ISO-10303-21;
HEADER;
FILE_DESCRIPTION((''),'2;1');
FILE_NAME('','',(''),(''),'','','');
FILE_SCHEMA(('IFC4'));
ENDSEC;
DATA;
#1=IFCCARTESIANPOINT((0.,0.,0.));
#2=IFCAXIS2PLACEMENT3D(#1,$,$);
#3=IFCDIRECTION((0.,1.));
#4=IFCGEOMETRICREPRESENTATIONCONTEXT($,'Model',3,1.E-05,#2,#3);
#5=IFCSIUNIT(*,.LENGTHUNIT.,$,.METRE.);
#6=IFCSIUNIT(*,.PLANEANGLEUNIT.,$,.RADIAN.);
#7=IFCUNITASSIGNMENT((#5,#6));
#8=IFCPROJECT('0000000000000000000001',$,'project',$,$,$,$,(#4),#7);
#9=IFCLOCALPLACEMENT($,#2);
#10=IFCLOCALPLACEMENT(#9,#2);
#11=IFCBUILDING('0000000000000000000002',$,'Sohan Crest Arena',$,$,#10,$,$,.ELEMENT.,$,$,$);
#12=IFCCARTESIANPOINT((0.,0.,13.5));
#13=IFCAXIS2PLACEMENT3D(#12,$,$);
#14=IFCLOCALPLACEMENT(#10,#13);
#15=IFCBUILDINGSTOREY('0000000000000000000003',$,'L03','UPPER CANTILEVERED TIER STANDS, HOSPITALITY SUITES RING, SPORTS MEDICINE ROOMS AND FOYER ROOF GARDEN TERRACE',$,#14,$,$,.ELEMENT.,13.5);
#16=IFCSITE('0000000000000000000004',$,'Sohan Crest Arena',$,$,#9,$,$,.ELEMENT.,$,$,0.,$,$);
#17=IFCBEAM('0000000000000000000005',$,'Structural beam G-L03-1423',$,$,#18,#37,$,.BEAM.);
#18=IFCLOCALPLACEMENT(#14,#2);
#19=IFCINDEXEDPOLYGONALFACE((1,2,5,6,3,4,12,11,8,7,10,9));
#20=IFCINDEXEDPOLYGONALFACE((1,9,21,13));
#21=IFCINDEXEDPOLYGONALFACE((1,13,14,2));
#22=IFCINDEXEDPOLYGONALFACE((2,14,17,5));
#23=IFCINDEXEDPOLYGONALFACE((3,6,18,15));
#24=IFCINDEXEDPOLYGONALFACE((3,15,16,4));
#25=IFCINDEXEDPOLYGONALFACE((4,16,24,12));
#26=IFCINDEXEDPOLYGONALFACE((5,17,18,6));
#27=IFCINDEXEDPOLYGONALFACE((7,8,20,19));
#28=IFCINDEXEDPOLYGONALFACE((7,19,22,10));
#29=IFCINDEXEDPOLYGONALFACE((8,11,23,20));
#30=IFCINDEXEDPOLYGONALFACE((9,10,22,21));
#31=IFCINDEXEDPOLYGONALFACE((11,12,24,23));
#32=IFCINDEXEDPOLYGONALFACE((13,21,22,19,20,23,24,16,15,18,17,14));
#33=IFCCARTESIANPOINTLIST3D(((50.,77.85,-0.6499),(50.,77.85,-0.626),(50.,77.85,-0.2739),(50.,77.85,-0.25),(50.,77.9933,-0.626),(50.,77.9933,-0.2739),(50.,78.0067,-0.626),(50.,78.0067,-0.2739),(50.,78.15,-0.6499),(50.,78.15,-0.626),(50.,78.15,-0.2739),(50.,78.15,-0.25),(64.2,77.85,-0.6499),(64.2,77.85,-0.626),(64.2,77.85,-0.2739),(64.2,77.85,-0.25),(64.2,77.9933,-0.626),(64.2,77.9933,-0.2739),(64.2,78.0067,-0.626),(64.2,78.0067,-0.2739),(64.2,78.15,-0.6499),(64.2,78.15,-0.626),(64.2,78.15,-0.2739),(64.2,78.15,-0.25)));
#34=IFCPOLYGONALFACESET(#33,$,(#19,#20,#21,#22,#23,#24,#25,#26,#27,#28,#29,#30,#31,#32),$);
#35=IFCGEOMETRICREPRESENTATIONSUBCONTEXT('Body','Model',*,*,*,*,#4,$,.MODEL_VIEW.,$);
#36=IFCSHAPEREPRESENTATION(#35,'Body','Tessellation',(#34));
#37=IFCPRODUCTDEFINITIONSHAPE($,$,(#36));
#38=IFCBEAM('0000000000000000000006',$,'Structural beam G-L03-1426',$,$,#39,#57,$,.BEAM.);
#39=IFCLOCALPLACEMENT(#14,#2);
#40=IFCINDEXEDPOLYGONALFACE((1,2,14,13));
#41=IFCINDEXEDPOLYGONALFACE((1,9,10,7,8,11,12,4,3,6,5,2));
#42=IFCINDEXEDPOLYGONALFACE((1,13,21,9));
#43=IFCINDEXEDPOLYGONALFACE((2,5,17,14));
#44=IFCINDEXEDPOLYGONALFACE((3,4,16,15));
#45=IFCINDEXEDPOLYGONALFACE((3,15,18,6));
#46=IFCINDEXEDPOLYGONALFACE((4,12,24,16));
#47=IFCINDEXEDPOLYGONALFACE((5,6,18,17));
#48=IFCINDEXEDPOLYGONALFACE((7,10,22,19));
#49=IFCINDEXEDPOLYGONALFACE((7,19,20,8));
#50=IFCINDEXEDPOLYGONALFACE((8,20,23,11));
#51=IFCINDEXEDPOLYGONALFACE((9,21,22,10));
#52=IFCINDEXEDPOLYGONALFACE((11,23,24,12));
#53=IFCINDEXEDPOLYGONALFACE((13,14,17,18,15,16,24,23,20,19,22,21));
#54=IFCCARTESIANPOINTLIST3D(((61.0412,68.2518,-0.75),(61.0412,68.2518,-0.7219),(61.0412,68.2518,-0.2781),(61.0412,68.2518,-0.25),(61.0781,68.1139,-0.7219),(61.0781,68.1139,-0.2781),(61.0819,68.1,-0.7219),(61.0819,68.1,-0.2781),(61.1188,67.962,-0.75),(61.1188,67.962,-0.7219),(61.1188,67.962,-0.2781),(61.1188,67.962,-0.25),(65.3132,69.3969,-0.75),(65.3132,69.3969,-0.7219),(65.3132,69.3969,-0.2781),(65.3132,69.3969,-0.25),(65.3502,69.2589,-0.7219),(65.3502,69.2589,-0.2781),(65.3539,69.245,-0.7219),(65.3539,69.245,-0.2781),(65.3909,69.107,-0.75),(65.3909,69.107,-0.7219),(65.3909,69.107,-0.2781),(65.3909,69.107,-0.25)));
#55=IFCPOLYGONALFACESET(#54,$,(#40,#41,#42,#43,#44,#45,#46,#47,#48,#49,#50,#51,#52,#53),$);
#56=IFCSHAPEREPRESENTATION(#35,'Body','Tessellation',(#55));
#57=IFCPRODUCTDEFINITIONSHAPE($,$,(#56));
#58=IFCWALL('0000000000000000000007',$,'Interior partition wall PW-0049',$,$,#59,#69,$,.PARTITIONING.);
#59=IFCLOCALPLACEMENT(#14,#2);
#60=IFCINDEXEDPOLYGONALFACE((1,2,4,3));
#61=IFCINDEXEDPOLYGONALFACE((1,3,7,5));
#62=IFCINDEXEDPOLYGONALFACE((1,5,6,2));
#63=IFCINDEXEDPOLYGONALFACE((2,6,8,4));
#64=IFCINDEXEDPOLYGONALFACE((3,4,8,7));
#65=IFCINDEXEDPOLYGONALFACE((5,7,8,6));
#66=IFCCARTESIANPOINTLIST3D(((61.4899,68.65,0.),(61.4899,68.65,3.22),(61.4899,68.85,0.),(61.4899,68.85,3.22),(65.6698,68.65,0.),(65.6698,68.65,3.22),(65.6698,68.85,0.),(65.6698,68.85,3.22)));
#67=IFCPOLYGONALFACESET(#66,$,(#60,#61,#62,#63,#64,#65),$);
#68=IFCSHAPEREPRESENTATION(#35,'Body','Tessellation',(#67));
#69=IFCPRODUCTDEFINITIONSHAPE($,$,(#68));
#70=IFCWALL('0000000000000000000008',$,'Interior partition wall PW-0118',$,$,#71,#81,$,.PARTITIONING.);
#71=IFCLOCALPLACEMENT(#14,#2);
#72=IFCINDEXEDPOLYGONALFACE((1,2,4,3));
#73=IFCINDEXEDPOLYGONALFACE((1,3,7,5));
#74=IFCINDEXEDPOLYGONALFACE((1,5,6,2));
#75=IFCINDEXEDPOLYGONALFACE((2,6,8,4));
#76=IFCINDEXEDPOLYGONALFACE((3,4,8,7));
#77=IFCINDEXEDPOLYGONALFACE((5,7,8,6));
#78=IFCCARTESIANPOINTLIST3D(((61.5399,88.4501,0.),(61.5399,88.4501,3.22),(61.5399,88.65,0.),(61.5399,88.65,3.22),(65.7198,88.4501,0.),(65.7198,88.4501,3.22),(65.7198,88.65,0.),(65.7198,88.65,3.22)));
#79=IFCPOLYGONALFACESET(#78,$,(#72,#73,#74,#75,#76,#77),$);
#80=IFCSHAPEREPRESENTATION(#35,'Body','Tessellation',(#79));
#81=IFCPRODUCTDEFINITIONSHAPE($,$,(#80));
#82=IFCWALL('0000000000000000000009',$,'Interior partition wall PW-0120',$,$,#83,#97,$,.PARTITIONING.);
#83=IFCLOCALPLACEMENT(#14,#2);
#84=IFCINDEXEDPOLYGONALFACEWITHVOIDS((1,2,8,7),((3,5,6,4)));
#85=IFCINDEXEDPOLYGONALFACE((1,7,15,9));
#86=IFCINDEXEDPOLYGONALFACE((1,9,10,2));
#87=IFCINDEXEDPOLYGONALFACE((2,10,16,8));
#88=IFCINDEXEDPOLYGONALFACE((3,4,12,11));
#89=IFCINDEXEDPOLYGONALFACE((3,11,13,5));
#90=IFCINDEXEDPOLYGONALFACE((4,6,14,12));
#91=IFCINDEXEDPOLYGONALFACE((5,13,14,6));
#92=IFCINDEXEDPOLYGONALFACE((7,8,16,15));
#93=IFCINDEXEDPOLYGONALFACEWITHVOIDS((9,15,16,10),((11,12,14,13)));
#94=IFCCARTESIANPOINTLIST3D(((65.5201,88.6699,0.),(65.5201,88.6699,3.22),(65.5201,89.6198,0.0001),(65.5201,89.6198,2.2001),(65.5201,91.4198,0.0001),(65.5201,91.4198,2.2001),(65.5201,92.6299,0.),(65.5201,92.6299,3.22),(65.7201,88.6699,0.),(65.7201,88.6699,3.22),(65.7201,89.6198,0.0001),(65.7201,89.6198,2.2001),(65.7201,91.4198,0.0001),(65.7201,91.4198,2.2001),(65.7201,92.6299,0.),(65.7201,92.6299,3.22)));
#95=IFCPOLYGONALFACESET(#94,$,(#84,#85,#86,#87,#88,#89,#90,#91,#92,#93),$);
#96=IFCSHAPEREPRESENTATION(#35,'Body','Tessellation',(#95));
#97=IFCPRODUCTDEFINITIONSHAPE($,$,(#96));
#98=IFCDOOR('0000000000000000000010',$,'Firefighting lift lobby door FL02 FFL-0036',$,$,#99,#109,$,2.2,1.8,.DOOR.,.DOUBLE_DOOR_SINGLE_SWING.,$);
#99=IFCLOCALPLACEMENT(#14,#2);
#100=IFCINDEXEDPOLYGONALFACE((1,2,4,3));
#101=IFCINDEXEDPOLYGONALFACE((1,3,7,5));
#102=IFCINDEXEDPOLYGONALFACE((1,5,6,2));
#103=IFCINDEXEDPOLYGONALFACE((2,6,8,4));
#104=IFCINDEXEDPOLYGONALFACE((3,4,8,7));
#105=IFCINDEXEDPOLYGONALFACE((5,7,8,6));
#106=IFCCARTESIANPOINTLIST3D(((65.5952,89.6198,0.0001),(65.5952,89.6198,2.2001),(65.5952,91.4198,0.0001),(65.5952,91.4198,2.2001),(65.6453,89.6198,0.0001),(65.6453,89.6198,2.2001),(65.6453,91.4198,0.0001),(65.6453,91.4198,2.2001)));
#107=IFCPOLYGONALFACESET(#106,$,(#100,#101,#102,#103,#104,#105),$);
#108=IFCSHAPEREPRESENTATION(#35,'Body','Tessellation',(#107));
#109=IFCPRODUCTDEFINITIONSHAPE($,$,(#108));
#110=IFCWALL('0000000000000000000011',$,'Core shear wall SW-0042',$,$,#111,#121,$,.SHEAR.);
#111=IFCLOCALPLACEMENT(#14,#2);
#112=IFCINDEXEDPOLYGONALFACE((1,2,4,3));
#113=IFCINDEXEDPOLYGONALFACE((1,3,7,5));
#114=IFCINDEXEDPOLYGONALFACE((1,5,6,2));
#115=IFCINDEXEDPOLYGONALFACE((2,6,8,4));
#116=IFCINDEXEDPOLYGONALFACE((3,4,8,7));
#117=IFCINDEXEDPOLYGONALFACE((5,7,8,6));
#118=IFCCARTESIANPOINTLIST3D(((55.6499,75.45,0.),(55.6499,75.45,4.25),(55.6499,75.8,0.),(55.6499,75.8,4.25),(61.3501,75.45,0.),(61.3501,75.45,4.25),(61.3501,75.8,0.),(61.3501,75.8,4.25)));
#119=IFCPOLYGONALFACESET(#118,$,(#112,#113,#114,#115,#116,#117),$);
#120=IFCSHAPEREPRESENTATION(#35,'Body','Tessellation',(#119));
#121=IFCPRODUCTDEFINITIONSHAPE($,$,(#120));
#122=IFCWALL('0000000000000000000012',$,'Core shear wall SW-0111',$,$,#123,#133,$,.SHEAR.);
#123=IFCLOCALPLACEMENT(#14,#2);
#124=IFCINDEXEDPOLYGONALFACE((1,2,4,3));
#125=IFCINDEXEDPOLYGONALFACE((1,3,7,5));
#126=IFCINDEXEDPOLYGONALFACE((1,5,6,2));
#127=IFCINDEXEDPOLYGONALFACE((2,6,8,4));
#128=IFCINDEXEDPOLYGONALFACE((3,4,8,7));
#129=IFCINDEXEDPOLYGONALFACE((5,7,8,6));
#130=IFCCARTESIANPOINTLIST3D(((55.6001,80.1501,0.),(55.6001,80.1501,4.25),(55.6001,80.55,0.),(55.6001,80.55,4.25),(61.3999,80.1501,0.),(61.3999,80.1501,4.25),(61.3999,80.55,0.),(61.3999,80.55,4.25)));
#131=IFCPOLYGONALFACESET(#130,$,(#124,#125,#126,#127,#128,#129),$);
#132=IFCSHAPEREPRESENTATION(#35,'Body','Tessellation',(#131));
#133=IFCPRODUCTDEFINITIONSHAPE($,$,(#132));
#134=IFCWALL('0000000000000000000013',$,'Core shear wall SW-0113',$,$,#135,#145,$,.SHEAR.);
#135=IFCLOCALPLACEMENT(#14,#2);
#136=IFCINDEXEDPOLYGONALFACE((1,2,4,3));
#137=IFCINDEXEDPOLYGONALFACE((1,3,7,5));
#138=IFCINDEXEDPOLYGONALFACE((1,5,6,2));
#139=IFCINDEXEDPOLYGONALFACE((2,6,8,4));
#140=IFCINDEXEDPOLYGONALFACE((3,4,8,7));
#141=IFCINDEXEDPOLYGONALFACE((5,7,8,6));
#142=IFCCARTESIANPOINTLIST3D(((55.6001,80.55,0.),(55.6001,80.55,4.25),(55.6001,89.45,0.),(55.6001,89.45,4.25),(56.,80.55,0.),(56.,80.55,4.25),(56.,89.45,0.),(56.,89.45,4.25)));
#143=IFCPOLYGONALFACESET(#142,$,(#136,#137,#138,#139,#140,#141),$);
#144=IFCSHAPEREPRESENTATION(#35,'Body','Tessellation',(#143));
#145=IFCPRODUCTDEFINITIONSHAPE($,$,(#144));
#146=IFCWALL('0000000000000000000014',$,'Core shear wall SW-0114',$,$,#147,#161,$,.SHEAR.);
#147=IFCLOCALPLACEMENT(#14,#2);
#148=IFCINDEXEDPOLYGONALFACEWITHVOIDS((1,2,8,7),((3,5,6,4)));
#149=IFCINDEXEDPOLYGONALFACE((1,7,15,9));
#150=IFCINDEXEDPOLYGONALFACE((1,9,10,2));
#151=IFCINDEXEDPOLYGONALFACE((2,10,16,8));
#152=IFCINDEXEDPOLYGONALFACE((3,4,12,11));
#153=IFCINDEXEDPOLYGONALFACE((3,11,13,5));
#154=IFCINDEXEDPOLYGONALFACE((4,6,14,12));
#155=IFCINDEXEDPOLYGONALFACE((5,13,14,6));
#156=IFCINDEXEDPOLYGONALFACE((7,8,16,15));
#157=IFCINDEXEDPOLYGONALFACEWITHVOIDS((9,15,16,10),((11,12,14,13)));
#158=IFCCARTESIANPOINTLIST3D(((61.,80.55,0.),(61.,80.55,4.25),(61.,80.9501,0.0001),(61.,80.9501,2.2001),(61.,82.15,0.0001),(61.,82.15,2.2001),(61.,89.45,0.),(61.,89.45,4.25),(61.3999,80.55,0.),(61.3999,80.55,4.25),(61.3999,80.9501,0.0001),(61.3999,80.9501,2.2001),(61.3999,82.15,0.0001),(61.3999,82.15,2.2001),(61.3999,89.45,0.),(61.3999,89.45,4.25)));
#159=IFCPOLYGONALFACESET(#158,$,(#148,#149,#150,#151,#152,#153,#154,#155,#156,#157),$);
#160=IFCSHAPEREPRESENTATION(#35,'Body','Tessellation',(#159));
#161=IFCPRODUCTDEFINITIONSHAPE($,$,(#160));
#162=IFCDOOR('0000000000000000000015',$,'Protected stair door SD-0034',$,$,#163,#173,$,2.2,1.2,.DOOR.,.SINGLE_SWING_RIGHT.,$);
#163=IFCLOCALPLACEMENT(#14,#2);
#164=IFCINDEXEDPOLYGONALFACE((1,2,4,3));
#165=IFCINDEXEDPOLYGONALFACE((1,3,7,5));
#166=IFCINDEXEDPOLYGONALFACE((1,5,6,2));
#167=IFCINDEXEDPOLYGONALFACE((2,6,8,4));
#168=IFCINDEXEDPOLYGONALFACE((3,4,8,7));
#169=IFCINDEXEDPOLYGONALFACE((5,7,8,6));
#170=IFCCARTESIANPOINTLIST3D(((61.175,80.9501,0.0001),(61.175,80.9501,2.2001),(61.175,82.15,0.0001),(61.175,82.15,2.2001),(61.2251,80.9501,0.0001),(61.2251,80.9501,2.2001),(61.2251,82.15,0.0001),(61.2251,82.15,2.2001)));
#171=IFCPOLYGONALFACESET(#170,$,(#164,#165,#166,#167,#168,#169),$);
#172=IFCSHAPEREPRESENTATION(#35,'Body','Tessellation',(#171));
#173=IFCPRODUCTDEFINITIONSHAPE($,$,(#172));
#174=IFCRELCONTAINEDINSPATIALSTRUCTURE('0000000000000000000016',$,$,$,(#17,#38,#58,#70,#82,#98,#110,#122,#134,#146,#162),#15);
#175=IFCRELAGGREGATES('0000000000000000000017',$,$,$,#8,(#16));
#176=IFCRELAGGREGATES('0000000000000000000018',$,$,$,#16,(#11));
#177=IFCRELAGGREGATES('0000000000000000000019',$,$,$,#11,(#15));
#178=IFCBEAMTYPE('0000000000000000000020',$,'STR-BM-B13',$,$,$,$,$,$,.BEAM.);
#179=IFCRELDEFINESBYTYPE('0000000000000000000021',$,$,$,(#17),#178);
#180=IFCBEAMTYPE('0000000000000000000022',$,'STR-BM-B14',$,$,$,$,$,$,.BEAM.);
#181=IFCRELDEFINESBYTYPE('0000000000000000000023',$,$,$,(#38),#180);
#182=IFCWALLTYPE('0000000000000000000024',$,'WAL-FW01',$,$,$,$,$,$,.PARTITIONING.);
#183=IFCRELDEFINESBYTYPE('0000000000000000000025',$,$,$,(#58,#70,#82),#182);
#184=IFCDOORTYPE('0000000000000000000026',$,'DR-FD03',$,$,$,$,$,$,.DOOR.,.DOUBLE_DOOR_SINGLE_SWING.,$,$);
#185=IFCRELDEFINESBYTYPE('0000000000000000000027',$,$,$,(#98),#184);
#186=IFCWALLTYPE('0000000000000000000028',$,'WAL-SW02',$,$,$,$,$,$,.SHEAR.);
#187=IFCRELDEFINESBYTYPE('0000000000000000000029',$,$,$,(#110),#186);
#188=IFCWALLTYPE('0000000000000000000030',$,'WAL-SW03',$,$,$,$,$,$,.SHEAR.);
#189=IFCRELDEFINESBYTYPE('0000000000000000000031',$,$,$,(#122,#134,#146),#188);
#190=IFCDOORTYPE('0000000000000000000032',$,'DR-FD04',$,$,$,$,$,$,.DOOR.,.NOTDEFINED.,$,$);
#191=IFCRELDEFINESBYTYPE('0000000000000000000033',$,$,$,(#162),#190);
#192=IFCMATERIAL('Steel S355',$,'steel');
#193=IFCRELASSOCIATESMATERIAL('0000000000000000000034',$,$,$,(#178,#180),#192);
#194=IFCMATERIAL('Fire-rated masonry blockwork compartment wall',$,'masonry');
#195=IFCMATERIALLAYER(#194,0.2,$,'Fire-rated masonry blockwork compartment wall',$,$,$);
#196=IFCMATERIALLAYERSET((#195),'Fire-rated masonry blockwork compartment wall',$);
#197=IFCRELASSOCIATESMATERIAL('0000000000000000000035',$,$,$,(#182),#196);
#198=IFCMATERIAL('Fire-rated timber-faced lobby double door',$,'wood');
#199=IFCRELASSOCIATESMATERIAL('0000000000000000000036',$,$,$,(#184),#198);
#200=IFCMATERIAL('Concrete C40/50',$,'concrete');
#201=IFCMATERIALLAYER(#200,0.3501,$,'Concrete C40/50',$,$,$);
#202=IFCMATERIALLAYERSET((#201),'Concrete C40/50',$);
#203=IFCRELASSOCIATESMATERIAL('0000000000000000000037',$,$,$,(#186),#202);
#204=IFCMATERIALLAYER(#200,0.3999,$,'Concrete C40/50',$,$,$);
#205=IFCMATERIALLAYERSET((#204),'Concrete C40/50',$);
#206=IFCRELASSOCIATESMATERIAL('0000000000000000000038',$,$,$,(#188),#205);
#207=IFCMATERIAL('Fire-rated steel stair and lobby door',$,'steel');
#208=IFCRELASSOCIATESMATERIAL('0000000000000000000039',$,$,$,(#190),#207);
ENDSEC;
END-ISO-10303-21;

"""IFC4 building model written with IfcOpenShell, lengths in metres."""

from ifc_helpers import new_model, si_unit, direction, frame, frame_2d, origin, origin_2d, place, context, subcontext, project, spatial, rectangle, i_section, extrude, material, layer, layer_set, material_profile, profile_set, type_object, element, fill, save


model = new_model("IFC4")

# Units and contexts
model_context = context("Model", 3, precision=1e-05, world=origin(), true_north=direction((0.0, 1.0)))
body_context = subcontext(model_context, "Body", "Model", "MODEL_VIEW")
ifc_project = project(units=[si_unit("LENGTHUNIT", "METRE"), si_unit("PLANEANGLEUNIT", "RADIAN")], contexts=[model_context])

# Site, building, storey
site_placement = place(None, origin())
site = spatial("IfcSite", under=ifc_project, at=site_placement, Name="Sohan Crest Arena", CompositionType="ELEMENT", RefElevation=0.0)
building_placement = place(site_placement, origin())
building = spatial("IfcBuilding", under=site, at=building_placement, Name="Sohan Crest Arena", CompositionType="ELEMENT")
storey_placement = place(building_placement, frame((0.0, 0.0, 13.5)))
storey = spatial("IfcBuildingStorey", under=building, at=storey_placement, Name="L03", Description="UPPER CANTILEVERED TIER STANDS, HOSPITALITY SUITES RING, SPORTS MEDICINE ROOMS AND FOYER ROOF GARDEN TERRACE", CompositionType="ELEMENT", Elevation=13.5)

# Shared definitions
ifc_material_1 = material(Name="Steel S355", Category="steel")

# Beams
ifc_material_profile_1 = material_profile(ifc_material_1, i_section(OverallWidth=0.3, OverallDepth=0.3999, WebThickness=0.0134, FlangeThickness=0.0239, at=origin_2d()), Name="HEB 400")
ifc_profile_set_1 = profile_set([ifc_material_profile_1], Name="Steel S355")
beam_type_1 = type_object("IfcBeamType", Name="STR-BM-B13", PredefinedType="BEAM", material=ifc_profile_set_1)
beam_1_placement = place(storey_placement, frame((64.2, 78.0, -0.45), z_axis=(-1.0, 0.0, 0.0), x_axis=(0.0, -1.0, 0.0)))
element("IfcBeam", 1, at=beam_1_placement, inside=storey, type_object=beam_type_1, Name="Structural beam G-L03-1423", PredefinedType="BEAM", context=body_context, shape_type="SweptSolid", body=[
    extrude(i_section(OverallWidth=0.3, OverallDepth=0.3999, WebThickness=0.0134, FlangeThickness=0.0239, at=origin_2d()), origin(), (0.0, 0.0, 1.0), 14.2),
])
ifc_material_profile_2 = material_profile(ifc_material_1, i_section(OverallWidth=0.3, OverallDepth=0.5, WebThickness=0.0144, FlangeThickness=0.0281, at=origin_2d()), Name="HEB 500")
ifc_profile_set_2 = profile_set([ifc_material_profile_2], Name="Steel S355")
beam_type_2 = type_object("IfcBeamType", Name="STR-BM-B14", PredefinedType="BEAM", material=ifc_profile_set_2)
beam_2_placement = place(storey_placement, frame((65.3521, 69.252, -0.5), z_axis=(-0.965906, -0.258892, 0.0), x_axis=(0.258892, -0.965906, 0.0)))
element("IfcBeam", 2, at=beam_2_placement, inside=storey, type_object=beam_type_2, Name="Structural beam G-L03-1426", PredefinedType="BEAM", context=body_context, shape_type="SweptSolid", body=[
    extrude(i_section(OverallWidth=0.3, OverallDepth=0.5, WebThickness=0.0144, FlangeThickness=0.0281, at=origin_2d()), origin(), (0.0, 0.0, 1.0), 4.4229),
])

# Walls
ifc_material_2 = material(Name="Fire-rated masonry blockwork compartment wall", Category="masonry")
ifc_layer_1 = layer(ifc_material_2, 0.2, Name="Fire-rated masonry blockwork compartment wall")
ifc_layer_set_1 = layer_set([ifc_layer_1], Name="Fire-rated masonry blockwork compartment wall")
wall_type_1 = type_object("IfcWallType", Name="WAL-FW01", PredefinedType="PARTITIONING", material=ifc_layer_set_1)
for number, where, z_axis, x_axis, name in (
    (3, (61.49, 68.75, 0.0), (0.0, 0.0, 1.0), (1.0, 0.0, 0.0), "Interior partition wall PW-0049"),
    (4, (61.54, 88.55, 0.0), (0.0, 0.0, 1.0), (1.0, 0.0, 0.0), "Interior partition wall PW-0118"),
):
    element("IfcWall", number, at=place(storey_placement, frame(where, z_axis=z_axis, x_axis=x_axis)), inside=storey, type_object=wall_type_1, Name=name, PredefinedType="PARTITIONING", context=body_context, shape_type="SweptSolid", body=[
        extrude(rectangle(XDim=4.1799, YDim=0.2, at=frame_2d((2.0898, 0.0))), origin(), (0.0, 0.0, 1.0), 3.22),
    ])

# Wall, opening, door
wall_1_placement = place(storey_placement, frame((65.6201, 88.6699, 0.0), z_axis=(0.0, 0.0, 1.0), x_axis=(0.0, 1.0, 0.0)))
wall_1 = element("IfcWall", 5, at=wall_1_placement, inside=storey, type_object=wall_type_1, Name="Interior partition wall PW-0120", PredefinedType="PARTITIONING", context=body_context, shape_type="SweptSolid", body=[
    extrude(rectangle(XDim=3.96, YDim=0.2, at=frame_2d((1.98, 0.0))), origin(), (0.0, 0.0, 1.0), 3.22),
])
opening_1_placement = place(wall_1_placement, frame((0.95, 0.0, 0.0)))
opening_1 = element("IfcOpeningElement", 6, at=opening_1_placement, cuts=wall_1, PredefinedType="OPENING", context=body_context, shape_type="SweptSolid", body=[
    extrude(rectangle(XDim=1.8, YDim=2.2, at=frame_2d((0.8999, 1.1001))), frame((0.0, 0.1099, 0.0), z_axis=(0.0, -1.0, 0.0), x_axis=(1.0, 0.0, 0.0)), (0.0, 0.0, 1.0), 0.22),
])
ifc_material_3 = material(Name="Fire-rated timber-faced lobby double door", Category="wood")
door_type_1 = type_object("IfcDoorType", Name="DR-FD03", OperationType="DOUBLE_DOOR_SINGLE_SWING", PredefinedType="DOOR", material=ifc_material_3)
door_1_placement = place(opening_1_placement, origin())
door_1 = element("IfcDoor", 7, at=door_1_placement, inside=storey, type_object=door_type_1, Name="Firefighting lift lobby door FL02 FFL-0036", OperationType="DOUBLE_DOOR_SINGLE_SWING", OverallHeight=2.2, OverallWidth=1.8, PredefinedType="DOOR", context=body_context, shape_type="SweptSolid", body=[
    extrude(rectangle(XDim=1.8, YDim=2.2, at=frame_2d((0.8999, 1.1001))), frame((0.0, 0.0249, 0.0), z_axis=(0.0, -1.0, 0.0), x_axis=(1.0, 0.0, 0.0)), (0.0, 0.0, 1.0), 0.05),
])
fill(opening_1, door_1)

# Walls
ifc_material_4 = material(Name="Concrete C40/50", Category="concrete")
ifc_layer_2 = layer(ifc_material_4, 0.3501, Name="Concrete C40/50")
ifc_layer_set_2 = layer_set([ifc_layer_2], Name="Concrete C40/50")
wall_type_2 = type_object("IfcWallType", Name="WAL-SW02", PredefinedType="SHEAR", material=ifc_layer_set_2)
wall_2_placement = place(storey_placement, frame((55.6499, 75.625, 0.0), z_axis=(0.0, 0.0, 1.0), x_axis=(1.0, 0.0, 0.0)))
element("IfcWall", 8, at=wall_2_placement, inside=storey, type_object=wall_type_2, Name="Core shear wall SW-0042", PredefinedType="SHEAR", context=body_context, shape_type="SweptSolid", body=[
    extrude(rectangle(XDim=5.7002, YDim=0.3501, at=frame_2d((2.8501, 0.0))), origin(), (0.0, 0.0, 1.0), 4.25),
])
ifc_layer_3 = layer(ifc_material_4, 0.3999, Name="Concrete C40/50")
ifc_layer_set_3 = layer_set([ifc_layer_3], Name="Concrete C40/50")
wall_type_3 = type_object("IfcWallType", Name="WAL-SW03", PredefinedType="SHEAR", material=ifc_layer_set_3)
wall_3_placement = place(storey_placement, frame((55.6001, 80.3501, 0.0), z_axis=(0.0, 0.0, 1.0), x_axis=(1.0, 0.0, 0.0)))
element("IfcWall", 9, at=wall_3_placement, inside=storey, type_object=wall_type_3, Name="Core shear wall SW-0111", PredefinedType="SHEAR", context=body_context, shape_type="SweptSolid", body=[
    extrude(rectangle(XDim=5.7998, YDim=0.3999, at=frame_2d((2.8999, 0.0))), origin(), (0.0, 0.0, 1.0), 4.25),
])
wall_4_placement = place(storey_placement, frame((55.8, 80.55, 0.0), z_axis=(0.0, 0.0, 1.0), x_axis=(0.0, 1.0, 0.0)))
element("IfcWall", 10, at=wall_4_placement, inside=storey, type_object=wall_type_3, Name="Core shear wall SW-0113", PredefinedType="SHEAR", context=body_context, shape_type="SweptSolid", body=[
    extrude(rectangle(XDim=8.8999, YDim=0.3999, at=frame_2d((4.45, 0.0))), origin(), (0.0, 0.0, 1.0), 4.25),
])

# Wall, opening, door
wall_5_placement = place(storey_placement, frame((61.2, 80.55, 0.0), z_axis=(0.0, 0.0, 1.0), x_axis=(0.0, 1.0, 0.0)))
wall_5 = element("IfcWall", 11, at=wall_5_placement, inside=storey, type_object=wall_type_3, Name="Core shear wall SW-0114", PredefinedType="SHEAR", context=body_context, shape_type="SweptSolid", body=[
    extrude(rectangle(XDim=8.8999, YDim=0.3999, at=frame_2d((4.45, 0.0))), origin(), (0.0, 0.0, 1.0), 4.25),
])
opening_2_placement = place(wall_5_placement, frame((0.3999, 0.0, 0.0)))
opening_2 = element("IfcOpeningElement", 12, at=opening_2_placement, cuts=wall_5, PredefinedType="OPENING", context=body_context, shape_type="SweptSolid", body=[
    extrude(rectangle(XDim=1.2, YDim=2.2, at=frame_2d((0.6001, 1.1001))), frame((0.0, 0.21, 0.0), z_axis=(0.0, -1.0, 0.0), x_axis=(1.0, 0.0, 0.0)), (0.0, 0.0, 1.0), 0.4199),
])
ifc_material_5 = material(Name="Fire-rated steel stair and lobby door", Category="steel")
door_type_2 = type_object("IfcDoorType", Name="DR-FD04", OperationType="NOTDEFINED", PredefinedType="DOOR", material=ifc_material_5)
door_2_placement = place(opening_2_placement, origin())
door_2 = element("IfcDoor", 13, at=door_2_placement, inside=storey, type_object=door_type_2, Name="Protected stair door SD-0034", OperationType="SINGLE_SWING_RIGHT", OverallHeight=2.2, OverallWidth=1.2, PredefinedType="DOOR", context=body_context, shape_type="SweptSolid", body=[
    extrude(rectangle(XDim=1.2, YDim=2.2, at=frame_2d((0.6001, 1.1001))), frame((0.0, 0.0249, 0.0), z_axis=(0.0, -1.0, 0.0), x_axis=(1.0, 0.0, 0.0)), (0.0, 0.0, 1.0), 0.05),
])
fill(opening_2, door_2)

save(model, "model.ifc")
